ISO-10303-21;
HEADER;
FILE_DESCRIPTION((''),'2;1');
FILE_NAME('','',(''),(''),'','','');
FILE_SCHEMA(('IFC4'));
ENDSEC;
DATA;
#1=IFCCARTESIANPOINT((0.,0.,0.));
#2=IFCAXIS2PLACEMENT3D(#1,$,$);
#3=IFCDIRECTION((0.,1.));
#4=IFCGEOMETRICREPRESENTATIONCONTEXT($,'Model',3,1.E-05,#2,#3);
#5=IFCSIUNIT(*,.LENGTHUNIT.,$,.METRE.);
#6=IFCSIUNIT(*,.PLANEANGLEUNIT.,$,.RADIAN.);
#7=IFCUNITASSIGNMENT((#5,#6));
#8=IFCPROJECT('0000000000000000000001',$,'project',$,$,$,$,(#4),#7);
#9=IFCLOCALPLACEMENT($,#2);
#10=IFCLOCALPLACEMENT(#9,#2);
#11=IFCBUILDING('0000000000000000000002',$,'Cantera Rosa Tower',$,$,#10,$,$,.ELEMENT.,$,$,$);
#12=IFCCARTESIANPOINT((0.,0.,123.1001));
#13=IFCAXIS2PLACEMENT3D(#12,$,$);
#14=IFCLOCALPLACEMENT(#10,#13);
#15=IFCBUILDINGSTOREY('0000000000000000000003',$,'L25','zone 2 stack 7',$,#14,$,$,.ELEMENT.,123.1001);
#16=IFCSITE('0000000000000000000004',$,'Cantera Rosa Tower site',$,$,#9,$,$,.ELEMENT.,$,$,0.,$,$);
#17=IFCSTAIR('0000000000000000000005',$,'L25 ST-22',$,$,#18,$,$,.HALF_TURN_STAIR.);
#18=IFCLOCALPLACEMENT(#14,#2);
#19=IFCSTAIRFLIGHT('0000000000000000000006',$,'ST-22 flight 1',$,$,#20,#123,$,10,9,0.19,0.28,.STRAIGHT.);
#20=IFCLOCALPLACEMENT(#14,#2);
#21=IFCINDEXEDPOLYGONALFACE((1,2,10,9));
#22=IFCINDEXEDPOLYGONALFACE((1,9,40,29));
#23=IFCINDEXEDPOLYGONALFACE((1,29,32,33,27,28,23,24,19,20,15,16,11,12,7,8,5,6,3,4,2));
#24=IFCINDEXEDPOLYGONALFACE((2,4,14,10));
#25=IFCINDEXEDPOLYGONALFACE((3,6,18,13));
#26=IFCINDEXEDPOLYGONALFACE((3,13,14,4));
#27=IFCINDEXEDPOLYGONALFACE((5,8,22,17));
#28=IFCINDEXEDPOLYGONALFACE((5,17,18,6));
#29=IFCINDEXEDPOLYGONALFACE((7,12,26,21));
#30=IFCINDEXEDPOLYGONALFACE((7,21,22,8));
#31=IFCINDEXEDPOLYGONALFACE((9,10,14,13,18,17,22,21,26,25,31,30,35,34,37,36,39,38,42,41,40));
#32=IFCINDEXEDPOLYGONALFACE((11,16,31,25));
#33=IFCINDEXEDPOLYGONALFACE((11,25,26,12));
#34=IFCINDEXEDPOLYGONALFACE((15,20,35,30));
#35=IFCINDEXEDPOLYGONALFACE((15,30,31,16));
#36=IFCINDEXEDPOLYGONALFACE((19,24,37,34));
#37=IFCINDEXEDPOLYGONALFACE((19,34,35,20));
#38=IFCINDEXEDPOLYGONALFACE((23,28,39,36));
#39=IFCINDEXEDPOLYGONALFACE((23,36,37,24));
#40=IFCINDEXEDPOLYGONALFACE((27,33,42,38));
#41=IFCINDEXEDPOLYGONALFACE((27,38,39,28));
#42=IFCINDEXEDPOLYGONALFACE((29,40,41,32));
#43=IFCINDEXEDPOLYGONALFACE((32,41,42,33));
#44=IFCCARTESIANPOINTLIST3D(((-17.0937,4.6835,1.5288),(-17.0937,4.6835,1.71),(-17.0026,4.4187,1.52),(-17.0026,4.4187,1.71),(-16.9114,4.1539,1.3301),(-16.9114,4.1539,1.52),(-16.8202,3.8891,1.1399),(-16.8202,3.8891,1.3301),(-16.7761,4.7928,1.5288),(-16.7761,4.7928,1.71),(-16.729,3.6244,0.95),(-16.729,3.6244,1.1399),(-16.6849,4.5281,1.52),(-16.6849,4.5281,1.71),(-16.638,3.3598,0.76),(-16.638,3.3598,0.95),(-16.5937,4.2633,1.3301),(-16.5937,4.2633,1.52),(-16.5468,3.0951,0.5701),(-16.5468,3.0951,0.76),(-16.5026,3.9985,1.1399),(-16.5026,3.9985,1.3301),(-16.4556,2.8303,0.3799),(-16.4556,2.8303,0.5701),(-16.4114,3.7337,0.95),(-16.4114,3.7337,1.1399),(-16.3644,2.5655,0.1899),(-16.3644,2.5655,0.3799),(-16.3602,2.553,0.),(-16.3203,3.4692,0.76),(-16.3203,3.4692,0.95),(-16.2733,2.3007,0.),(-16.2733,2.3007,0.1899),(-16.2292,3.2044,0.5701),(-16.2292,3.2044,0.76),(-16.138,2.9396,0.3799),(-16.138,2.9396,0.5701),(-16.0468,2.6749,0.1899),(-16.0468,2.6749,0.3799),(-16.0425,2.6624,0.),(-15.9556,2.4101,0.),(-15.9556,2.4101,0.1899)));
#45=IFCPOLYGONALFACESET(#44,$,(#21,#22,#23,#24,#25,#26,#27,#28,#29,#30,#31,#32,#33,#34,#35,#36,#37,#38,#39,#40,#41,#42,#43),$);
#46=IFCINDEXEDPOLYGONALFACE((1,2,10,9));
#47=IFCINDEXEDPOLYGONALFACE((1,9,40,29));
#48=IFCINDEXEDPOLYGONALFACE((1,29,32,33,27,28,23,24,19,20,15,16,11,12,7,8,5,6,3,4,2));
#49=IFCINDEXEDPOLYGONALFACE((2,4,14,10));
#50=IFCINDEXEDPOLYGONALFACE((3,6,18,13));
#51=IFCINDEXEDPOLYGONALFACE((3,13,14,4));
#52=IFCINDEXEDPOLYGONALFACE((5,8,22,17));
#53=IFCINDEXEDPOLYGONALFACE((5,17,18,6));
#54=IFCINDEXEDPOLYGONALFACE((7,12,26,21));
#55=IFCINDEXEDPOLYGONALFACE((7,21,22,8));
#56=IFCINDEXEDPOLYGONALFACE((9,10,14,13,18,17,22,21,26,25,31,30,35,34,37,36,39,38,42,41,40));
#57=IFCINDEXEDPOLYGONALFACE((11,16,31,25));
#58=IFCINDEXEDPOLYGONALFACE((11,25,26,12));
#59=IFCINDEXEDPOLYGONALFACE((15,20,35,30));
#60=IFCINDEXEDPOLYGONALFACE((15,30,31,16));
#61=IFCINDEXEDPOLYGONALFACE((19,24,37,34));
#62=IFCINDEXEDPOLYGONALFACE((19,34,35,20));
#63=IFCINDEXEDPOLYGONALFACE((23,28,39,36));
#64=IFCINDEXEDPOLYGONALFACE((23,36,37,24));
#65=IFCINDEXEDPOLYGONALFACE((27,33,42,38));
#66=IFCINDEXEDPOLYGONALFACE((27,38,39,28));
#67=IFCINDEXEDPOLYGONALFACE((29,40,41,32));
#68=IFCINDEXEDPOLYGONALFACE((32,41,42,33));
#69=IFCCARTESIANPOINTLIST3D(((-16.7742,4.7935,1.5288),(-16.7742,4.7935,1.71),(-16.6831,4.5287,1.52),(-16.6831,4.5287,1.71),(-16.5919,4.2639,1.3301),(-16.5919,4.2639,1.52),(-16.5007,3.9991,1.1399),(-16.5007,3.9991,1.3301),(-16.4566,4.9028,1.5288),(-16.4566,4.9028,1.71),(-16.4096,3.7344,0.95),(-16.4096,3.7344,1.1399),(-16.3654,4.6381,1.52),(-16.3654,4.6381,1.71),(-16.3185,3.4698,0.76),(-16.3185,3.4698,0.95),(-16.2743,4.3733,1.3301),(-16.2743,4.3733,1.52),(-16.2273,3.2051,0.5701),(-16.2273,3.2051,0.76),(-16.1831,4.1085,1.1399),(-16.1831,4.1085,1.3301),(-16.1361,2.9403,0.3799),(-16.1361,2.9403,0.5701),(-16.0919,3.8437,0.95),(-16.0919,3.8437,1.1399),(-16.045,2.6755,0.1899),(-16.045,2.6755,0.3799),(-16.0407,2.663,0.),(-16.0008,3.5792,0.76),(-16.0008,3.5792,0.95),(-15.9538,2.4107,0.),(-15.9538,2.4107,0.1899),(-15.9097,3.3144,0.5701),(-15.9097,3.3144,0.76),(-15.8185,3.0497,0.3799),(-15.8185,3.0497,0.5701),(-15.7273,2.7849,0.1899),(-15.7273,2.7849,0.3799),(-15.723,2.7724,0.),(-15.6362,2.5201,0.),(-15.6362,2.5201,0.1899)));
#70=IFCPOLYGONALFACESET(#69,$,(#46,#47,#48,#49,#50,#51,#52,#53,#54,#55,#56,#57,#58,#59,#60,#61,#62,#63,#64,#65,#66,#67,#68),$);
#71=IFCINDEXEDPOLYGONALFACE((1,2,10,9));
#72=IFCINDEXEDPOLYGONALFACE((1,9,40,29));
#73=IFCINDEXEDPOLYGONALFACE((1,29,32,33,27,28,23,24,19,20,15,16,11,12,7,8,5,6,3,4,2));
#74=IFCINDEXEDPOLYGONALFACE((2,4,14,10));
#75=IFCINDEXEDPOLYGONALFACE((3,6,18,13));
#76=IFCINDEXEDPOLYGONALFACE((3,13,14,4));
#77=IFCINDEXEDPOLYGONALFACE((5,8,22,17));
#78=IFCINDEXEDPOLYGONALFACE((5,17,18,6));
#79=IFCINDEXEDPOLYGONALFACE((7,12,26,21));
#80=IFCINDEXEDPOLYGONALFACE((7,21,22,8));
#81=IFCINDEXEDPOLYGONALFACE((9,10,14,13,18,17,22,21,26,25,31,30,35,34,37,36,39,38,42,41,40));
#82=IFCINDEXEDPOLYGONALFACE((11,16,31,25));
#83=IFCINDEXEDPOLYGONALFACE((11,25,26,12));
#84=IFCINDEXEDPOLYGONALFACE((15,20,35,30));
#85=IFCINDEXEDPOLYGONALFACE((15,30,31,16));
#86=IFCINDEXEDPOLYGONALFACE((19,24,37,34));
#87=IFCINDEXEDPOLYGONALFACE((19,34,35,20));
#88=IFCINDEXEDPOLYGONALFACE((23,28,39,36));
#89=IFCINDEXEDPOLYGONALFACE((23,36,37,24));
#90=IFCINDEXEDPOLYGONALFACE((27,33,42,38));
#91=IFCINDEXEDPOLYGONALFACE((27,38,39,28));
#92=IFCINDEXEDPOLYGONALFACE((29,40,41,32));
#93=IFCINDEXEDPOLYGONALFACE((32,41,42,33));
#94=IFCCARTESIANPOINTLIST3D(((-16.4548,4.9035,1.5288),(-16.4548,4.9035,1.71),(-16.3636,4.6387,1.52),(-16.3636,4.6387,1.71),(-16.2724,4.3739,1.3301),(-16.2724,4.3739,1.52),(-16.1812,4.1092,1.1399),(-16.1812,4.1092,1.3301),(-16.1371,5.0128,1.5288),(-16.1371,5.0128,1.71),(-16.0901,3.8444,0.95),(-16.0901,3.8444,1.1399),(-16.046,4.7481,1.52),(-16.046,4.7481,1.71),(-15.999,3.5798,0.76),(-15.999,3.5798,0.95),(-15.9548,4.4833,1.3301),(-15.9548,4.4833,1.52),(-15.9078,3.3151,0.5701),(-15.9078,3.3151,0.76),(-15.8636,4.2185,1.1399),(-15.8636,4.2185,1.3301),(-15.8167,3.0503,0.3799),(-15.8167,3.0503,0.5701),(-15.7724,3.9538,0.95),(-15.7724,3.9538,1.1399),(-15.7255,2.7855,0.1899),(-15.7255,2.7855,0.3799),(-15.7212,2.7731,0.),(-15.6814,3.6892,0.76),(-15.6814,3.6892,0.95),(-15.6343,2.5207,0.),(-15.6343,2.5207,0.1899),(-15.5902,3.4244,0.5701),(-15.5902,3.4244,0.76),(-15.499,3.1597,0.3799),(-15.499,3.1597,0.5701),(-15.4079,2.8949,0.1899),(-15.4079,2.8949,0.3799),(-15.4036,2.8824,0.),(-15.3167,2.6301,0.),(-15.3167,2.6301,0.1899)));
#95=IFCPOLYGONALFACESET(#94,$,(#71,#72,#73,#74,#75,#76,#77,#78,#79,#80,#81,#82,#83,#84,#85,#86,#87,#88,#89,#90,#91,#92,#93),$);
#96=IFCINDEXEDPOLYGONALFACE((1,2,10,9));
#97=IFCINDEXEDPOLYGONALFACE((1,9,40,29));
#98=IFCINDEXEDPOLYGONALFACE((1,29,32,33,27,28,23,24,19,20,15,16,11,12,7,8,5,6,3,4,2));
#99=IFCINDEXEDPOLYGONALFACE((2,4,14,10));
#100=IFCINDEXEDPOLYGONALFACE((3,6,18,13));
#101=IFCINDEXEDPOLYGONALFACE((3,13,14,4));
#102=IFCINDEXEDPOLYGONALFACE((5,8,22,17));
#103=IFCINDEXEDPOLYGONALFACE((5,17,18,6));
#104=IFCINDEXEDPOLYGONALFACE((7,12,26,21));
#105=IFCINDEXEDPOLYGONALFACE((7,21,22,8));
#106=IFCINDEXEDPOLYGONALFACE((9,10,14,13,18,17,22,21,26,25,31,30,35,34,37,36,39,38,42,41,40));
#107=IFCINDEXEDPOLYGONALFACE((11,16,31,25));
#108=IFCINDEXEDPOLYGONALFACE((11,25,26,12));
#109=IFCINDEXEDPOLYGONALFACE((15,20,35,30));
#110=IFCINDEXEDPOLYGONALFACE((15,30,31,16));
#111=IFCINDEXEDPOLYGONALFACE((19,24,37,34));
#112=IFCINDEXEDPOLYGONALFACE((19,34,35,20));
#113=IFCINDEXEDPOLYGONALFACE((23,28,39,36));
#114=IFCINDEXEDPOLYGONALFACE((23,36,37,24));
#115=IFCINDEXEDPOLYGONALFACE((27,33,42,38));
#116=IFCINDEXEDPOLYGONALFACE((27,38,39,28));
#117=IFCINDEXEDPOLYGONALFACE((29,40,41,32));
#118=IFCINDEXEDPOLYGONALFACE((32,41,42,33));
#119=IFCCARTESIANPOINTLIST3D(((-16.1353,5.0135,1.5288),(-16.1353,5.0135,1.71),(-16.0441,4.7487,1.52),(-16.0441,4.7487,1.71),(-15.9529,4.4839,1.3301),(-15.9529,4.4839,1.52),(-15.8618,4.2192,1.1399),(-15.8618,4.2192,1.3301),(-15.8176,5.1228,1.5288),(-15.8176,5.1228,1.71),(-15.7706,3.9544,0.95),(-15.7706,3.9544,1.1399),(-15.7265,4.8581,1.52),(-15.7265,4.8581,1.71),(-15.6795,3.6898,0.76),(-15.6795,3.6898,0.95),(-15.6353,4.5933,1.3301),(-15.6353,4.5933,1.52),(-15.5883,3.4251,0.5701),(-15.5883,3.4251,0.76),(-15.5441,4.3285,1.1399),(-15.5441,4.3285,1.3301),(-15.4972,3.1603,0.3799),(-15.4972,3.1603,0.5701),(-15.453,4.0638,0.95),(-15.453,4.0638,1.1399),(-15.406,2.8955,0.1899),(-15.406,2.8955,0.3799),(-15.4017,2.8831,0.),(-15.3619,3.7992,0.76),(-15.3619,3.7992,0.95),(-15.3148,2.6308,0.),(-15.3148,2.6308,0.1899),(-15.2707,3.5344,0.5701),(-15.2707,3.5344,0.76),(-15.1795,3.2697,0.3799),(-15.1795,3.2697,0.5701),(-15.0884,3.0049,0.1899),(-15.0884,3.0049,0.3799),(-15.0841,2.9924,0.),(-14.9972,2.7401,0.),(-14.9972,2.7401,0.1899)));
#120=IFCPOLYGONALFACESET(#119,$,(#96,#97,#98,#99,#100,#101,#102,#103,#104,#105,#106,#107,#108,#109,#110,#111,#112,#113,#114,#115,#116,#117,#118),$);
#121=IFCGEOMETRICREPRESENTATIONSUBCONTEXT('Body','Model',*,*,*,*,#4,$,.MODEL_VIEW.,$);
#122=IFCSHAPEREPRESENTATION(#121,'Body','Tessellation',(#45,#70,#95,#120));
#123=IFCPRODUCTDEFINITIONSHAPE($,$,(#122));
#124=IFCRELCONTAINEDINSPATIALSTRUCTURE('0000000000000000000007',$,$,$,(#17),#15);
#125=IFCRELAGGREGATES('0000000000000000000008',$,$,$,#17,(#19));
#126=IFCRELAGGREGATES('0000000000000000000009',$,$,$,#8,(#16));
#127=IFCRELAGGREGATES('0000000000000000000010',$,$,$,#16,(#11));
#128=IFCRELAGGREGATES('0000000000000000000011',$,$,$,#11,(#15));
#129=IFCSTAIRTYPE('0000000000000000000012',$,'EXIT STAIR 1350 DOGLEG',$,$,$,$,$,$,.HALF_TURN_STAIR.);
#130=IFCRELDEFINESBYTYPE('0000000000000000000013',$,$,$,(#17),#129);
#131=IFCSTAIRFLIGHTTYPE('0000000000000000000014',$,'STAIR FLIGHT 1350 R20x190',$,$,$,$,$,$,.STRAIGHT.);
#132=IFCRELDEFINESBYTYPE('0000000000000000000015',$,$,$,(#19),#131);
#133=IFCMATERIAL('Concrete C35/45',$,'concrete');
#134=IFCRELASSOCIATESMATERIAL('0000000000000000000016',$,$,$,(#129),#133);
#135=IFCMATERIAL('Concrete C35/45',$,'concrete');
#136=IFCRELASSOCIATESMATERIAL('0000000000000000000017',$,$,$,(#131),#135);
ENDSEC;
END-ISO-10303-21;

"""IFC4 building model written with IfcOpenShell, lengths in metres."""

from ifc_helpers import new_model, si_unit, direction, frame, origin, place, context, subcontext, project, spatial, polyline, outline, extrude, material, type_object, element, aggregate, save


model = new_model("IFC4")

# Units and contexts
model_context = context("Model", 3, precision=1e-05, world=origin(), true_north=direction((0.0, 1.0)))
body_context = subcontext(model_context, "Body", "Model", "MODEL_VIEW")
ifc_project = project(units=[si_unit("LENGTHUNIT", "METRE"), si_unit("PLANEANGLEUNIT", "RADIAN")], contexts=[model_context])

# Site, building, storey
site_placement = place(None, origin())
site = spatial("IfcSite", under=ifc_project, at=site_placement, Name="Cantera Rosa Tower site", CompositionType="ELEMENT", RefElevation=0.0)
building_placement = place(site_placement, origin())
building = spatial("IfcBuilding", under=site, at=building_placement, Name="Cantera Rosa Tower", CompositionType="ELEMENT")
storey_placement = place(building_placement, frame((0.0, 0.0, 123.1001)))
storey = spatial("IfcBuildingStorey", under=building, at=storey_placement, Name="L25", Description="zone 2 stack 7", CompositionType="ELEMENT", Elevation=123.1001)

# Stair, stair flight
ifc_material_1 = material(Name="Concrete C35/45", Category="concrete")
stair_type = type_object("IfcStairType", Name="EXIT STAIR 1350 DOGLEG", PredefinedType="HALF_TURN_STAIR", material=ifc_material_1)
stair_placement = place(storey_placement, origin())
stair = element("IfcStair", 1, at=stair_placement, inside=storey, type_object=stair_type, Name="L25 ST-22", PredefinedType="HALF_TURN_STAIR")
ifc_material_2 = material(Name="Concrete C35/45", Category="concrete")
stair_flight_type = type_object("IfcStairFlightType", Name="STAIR FLIGHT 1350 R20x190", PredefinedType="STRAIGHT", material=ifc_material_2)
stair_flight_placement = place(storey_placement, frame((-15.635, 2.5205, 0.0), z_axis=(0.0, 0.0, 1.0), x_axis=(-0.325568, 0.945519, 0.0)))
stair_flight = element("IfcStairFlight", 2, at=stair_flight_placement, type_object=stair_flight_type, Name="ST-22 flight 1", NumberOfRisers=10, NumberOfTreads=9, PredefinedType="STRAIGHT", RiserHeight=0.19, TreadLength=0.28, context=body_context, shape_type="SweptSolid", body=[
    extrude(outline(polyline([(0.0, 0.0), (0.0, 0.1899), (0.28, 0.1899), (0.28, 0.3799), (0.5601, 0.3799), (0.5601, 0.5701), (0.8401, 0.5701), (0.8401, 0.76), (1.1201, 0.76), (1.1201, 0.95), (1.3999, 0.95), (1.3999, 1.1399), (1.6799, 1.1399), (1.6799, 1.3301), (1.96, 1.3301), (1.96, 1.52), (2.24, 1.52), (2.24, 1.71), (2.52, 1.71), (2.52, 1.8999), (2.52, 1.5288), (0.2668, 0.0), (0.0, 0.0)])), frame((0.0, 0.675, 0.0), z_axis=(0.0, -1.0, 0.0), x_axis=(1.0, 0.0, 0.0)), (0.0, 0.0, 1.0), 0.3359),
    extrude(outline(polyline([(0.0, 0.0), (0.0, 0.1899), (0.28, 0.1899), (0.28, 0.3799), (0.5601, 0.3799), (0.5601, 0.5701), (0.8401, 0.5701), (0.8401, 0.76), (1.1201, 0.76), (1.1201, 0.95), (1.3999, 0.95), (1.3999, 1.1399), (1.6799, 1.1399), (1.6799, 1.3301), (1.96, 1.3301), (1.96, 1.52), (2.24, 1.52), (2.24, 1.71), (2.52, 1.71), (2.52, 1.8999), (2.52, 1.5288), (0.2668, 0.0), (0.0, 0.0)])), frame((0.0, 0.3372, 0.0), z_axis=(0.0, -1.0, 0.0), x_axis=(1.0, 0.0, 0.0)), (0.0, 0.0, 1.0), 0.3359),
    extrude(outline(polyline([(0.0, 0.0), (0.0, 0.1899), (0.28, 0.1899), (0.28, 0.3799), (0.5601, 0.3799), (0.5601, 0.5701), (0.8401, 0.5701), (0.8401, 0.76), (1.1201, 0.76), (1.1201, 0.95), (1.3999, 0.95), (1.3999, 1.1399), (1.6799, 1.1399), (1.6799, 1.3301), (1.96, 1.3301), (1.96, 1.52), (2.24, 1.52), (2.24, 1.71), (2.52, 1.71), (2.52, 1.8999), (2.52, 1.5288), (0.2668, 0.0), (0.0, 0.0)])), frame((0.0, -0.0007, 0.0), z_axis=(0.0, -1.0, 0.0), x_axis=(1.0, 0.0, 0.0)), (0.0, 0.0, 1.0), 0.3359),
    extrude(outline(polyline([(0.0, 0.0), (0.0, 0.1899), (0.28, 0.1899), (0.28, 0.3799), (0.5601, 0.3799), (0.5601, 0.5701), (0.8401, 0.5701), (0.8401, 0.76), (1.1201, 0.76), (1.1201, 0.95), (1.3999, 0.95), (1.3999, 1.1399), (1.6799, 1.1399), (1.6799, 1.3301), (1.96, 1.3301), (1.96, 1.52), (2.24, 1.52), (2.24, 1.71), (2.52, 1.71), (2.52, 1.8999), (2.52, 1.5288), (0.2668, 0.0), (0.0, 0.0)])), frame((0.0, -0.3386, 0.0), z_axis=(0.0, -1.0, 0.0), x_axis=(1.0, 0.0, 0.0)), (0.0, 0.0, 1.0), 0.3359),
])
aggregate(stair, [stair_flight])

save(model, "model.ifc")
